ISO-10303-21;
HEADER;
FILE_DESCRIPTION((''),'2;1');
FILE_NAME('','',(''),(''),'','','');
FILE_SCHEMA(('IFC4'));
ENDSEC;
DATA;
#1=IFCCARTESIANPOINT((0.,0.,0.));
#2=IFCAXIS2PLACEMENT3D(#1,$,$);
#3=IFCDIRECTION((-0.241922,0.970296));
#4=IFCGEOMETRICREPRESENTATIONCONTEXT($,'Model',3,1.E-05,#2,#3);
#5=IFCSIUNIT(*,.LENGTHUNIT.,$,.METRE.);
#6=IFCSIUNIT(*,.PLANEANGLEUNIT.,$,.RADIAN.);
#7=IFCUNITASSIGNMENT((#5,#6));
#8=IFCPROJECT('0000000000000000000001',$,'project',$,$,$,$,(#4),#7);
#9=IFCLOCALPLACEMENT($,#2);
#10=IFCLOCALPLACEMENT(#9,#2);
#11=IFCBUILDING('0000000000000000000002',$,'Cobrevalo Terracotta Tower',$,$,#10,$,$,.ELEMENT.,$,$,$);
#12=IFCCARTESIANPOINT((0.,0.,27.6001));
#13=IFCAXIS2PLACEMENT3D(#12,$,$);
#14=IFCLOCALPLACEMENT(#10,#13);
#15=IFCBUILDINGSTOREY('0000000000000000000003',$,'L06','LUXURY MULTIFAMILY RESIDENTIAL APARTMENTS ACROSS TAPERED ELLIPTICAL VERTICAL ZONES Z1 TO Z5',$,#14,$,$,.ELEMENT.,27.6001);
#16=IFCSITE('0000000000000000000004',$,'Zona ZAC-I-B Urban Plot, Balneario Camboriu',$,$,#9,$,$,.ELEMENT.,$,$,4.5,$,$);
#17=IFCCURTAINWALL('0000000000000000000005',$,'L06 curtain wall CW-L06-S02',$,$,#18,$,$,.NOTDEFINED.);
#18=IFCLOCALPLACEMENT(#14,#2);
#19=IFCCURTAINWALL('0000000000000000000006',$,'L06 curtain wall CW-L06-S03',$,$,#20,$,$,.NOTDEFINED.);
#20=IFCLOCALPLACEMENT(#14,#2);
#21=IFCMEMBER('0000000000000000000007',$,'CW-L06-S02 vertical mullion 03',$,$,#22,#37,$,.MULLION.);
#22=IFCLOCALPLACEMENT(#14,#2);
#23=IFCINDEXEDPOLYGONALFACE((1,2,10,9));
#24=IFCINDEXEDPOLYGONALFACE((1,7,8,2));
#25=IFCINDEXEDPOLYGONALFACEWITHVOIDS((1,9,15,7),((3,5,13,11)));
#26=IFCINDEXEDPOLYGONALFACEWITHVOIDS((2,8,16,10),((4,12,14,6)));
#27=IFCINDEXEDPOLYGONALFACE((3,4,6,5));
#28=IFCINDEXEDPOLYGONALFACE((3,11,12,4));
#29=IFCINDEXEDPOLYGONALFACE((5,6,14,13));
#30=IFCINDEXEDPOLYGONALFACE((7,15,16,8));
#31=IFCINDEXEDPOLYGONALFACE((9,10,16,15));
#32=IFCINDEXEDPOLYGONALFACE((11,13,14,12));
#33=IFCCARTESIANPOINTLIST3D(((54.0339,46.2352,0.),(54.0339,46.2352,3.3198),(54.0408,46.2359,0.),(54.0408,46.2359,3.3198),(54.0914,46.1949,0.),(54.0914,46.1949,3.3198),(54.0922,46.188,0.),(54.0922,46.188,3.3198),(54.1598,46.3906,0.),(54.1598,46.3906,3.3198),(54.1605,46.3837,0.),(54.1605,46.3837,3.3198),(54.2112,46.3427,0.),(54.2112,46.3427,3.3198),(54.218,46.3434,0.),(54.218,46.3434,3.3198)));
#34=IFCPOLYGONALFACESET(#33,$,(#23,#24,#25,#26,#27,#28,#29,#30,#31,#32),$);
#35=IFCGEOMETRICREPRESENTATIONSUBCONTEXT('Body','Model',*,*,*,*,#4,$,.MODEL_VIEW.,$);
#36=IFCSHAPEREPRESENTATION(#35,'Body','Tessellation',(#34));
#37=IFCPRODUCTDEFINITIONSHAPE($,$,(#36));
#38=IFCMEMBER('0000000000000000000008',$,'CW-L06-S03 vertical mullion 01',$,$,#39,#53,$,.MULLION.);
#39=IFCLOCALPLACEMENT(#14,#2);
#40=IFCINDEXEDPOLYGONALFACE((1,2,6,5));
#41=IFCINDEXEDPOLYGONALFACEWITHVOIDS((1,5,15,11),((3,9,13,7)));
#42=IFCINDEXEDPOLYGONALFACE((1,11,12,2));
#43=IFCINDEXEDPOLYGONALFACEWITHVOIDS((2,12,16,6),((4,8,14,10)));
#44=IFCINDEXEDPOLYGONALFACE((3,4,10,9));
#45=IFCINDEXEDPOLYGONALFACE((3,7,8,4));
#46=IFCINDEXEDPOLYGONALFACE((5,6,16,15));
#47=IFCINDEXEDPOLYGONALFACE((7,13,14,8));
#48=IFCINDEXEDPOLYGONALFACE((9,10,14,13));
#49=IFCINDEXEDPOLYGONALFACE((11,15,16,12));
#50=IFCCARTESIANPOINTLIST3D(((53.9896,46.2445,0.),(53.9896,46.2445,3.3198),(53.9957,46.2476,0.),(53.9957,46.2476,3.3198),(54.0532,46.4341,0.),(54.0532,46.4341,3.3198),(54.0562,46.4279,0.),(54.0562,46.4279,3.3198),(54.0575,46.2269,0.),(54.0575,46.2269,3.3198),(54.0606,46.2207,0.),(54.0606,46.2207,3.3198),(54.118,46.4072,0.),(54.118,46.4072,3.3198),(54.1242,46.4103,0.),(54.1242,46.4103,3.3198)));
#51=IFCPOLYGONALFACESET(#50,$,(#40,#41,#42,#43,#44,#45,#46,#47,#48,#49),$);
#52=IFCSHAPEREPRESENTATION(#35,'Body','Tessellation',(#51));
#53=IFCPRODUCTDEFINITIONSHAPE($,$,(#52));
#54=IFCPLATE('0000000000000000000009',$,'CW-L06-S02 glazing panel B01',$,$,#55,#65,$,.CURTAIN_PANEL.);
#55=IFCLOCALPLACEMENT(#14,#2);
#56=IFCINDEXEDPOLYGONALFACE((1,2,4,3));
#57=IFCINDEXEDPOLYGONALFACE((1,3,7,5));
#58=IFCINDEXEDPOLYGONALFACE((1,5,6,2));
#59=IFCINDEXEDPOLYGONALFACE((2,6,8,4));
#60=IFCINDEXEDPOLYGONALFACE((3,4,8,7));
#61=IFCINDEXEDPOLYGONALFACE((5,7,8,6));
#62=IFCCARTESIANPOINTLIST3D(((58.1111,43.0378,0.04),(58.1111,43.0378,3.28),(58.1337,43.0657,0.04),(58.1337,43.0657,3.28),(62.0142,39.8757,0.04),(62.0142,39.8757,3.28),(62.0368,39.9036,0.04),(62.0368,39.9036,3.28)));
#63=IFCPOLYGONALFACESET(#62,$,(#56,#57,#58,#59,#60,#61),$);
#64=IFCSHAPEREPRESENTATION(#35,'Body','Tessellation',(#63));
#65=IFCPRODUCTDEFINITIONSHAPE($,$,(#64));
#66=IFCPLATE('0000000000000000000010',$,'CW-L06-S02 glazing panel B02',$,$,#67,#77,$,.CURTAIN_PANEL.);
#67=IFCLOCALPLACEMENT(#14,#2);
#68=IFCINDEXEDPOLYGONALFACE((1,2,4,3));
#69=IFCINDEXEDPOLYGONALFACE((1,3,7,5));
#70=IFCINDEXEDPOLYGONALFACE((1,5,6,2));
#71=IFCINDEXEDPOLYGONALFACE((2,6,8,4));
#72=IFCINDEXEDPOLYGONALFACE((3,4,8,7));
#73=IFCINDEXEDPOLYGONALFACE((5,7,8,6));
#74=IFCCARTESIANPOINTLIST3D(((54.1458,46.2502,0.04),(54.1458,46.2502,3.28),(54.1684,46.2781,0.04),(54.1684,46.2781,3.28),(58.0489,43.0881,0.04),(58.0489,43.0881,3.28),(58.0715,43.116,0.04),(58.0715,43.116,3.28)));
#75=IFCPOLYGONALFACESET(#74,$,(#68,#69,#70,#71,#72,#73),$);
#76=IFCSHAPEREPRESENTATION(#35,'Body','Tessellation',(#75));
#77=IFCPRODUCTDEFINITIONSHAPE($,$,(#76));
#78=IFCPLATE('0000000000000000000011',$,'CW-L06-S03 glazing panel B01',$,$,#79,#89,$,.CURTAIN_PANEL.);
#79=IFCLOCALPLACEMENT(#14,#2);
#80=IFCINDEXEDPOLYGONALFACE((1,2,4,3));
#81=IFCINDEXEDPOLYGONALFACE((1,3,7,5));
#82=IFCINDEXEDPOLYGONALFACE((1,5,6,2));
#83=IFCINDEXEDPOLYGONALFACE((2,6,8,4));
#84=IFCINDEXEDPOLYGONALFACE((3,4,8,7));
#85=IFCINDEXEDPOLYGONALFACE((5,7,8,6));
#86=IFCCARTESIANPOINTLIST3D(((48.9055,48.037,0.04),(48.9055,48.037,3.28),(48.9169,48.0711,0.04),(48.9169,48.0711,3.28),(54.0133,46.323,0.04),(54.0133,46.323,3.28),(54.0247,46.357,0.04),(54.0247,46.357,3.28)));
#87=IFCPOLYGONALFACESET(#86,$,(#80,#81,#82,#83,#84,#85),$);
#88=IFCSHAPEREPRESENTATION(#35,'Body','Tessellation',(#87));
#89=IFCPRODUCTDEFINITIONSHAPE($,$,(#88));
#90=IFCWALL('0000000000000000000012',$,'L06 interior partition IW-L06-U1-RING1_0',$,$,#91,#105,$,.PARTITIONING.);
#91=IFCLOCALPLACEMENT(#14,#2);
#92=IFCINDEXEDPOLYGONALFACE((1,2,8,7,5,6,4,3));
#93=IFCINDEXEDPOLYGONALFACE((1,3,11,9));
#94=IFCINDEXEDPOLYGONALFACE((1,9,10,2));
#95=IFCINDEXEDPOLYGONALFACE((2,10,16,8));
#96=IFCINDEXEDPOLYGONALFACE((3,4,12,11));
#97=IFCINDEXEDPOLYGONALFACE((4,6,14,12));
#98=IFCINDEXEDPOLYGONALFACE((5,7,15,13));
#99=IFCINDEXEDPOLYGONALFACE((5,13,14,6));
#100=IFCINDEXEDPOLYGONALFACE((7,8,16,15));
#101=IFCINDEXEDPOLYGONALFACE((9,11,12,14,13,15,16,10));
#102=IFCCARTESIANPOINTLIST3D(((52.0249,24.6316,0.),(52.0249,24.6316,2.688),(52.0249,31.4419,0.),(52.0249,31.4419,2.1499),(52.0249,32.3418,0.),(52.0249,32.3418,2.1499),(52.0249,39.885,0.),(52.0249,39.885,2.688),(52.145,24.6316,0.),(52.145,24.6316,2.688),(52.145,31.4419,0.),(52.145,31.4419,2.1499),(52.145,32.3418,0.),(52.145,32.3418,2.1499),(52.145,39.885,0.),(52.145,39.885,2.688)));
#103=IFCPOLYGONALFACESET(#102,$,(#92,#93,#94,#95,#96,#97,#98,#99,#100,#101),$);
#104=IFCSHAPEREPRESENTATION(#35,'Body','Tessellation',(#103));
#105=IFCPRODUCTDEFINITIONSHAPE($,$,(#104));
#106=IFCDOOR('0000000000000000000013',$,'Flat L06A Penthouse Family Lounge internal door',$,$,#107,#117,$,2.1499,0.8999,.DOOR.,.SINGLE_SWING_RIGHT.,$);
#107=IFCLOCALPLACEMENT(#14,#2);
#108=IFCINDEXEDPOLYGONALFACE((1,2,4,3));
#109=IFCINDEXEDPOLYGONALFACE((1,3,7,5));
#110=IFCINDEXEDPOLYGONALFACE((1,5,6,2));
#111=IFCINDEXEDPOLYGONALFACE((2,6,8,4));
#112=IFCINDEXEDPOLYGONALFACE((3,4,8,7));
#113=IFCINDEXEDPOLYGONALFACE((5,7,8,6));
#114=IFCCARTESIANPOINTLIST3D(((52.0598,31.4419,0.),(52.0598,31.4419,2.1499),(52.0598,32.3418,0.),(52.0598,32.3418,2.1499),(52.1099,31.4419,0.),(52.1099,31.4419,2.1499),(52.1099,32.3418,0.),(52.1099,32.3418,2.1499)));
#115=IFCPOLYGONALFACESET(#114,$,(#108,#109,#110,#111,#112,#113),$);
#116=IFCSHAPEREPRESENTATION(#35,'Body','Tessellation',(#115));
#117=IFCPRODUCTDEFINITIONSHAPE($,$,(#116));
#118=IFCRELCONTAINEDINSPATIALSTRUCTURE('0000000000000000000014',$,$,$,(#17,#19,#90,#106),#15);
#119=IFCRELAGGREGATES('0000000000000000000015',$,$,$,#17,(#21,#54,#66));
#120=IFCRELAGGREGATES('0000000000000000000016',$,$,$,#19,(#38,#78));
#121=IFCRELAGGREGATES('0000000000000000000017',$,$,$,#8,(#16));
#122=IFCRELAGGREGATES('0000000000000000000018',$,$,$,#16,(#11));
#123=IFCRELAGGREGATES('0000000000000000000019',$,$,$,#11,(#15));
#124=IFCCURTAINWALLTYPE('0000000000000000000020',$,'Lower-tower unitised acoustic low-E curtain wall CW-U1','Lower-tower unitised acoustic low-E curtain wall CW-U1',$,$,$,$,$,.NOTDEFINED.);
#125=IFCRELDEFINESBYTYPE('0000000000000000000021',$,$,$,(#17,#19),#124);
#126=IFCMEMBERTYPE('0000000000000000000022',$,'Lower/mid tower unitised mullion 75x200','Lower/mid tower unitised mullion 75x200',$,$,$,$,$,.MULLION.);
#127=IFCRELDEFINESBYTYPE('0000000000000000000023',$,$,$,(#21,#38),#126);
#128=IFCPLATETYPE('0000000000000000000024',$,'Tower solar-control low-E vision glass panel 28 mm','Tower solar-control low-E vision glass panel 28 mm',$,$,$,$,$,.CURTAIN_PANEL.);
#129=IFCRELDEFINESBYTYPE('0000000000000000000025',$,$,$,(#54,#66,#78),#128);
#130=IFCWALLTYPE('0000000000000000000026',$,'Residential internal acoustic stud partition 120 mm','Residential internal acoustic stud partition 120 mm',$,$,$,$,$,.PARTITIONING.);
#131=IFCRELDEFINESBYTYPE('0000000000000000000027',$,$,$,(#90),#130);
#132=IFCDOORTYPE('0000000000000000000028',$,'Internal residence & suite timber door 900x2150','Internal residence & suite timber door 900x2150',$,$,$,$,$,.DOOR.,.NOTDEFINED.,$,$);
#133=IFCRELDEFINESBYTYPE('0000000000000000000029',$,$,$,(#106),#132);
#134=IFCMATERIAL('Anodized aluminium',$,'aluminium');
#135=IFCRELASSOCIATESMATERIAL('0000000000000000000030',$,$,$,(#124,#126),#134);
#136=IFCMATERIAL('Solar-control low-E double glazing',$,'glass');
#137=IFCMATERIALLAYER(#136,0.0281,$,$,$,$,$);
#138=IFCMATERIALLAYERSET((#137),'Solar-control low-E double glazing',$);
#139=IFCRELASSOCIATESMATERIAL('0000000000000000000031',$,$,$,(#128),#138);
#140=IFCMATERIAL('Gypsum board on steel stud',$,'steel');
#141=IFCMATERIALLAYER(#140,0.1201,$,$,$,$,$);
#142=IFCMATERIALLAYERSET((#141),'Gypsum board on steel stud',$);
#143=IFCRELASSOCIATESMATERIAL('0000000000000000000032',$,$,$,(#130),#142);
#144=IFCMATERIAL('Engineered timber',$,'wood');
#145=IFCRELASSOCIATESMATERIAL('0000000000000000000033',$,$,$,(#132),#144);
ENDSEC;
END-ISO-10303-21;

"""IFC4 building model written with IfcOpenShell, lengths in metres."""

from ifc_helpers import new_model, si_unit, direction, frame, frame_2d, origin, origin_2d, place, context, subcontext, project, spatial, rectangle, hollow_rectangle, extrude, source, transform, mapped, material, layer, layer_set, material_profile, profile_set, type_object, element, fill, aggregate, save


model = new_model("IFC4")

# Units and contexts
model_context = context("Model", 3, precision=1e-05, world=origin(), true_north=direction((-0.241922, 0.970296)))
body_context = subcontext(model_context, "Body", "Model", "MODEL_VIEW")
ifc_project = project(units=[si_unit("LENGTHUNIT", "METRE"), si_unit("PLANEANGLEUNIT", "RADIAN")], contexts=[model_context])

# Site, building, storey
site_placement = place(None, origin())
site = spatial("IfcSite", under=ifc_project, at=site_placement, Name="Zona ZAC-I-B Urban Plot, Balneario Camboriu", CompositionType="ELEMENT", RefElevation=4.5)
building_placement = place(site_placement, origin())
building = spatial("IfcBuilding", under=site, at=building_placement, Name="Cobrevalo Terracotta Tower", CompositionType="ELEMENT")
storey_placement = place(building_placement, frame((0.0, 0.0, 27.6001)))
storey = spatial("IfcBuildingStorey", under=building, at=storey_placement, Name="L06", Description="LUXURY MULTIFAMILY RESIDENTIAL APARTMENTS ACROSS TAPERED ELLIPTICAL VERTICAL ZONES Z1 TO Z5", CompositionType="ELEMENT", Elevation=27.6001)

# Curtain walls
ifc_material_1 = material(Name="Anodized aluminium", Category="aluminium")
curtain_wall_type = type_object("IfcCurtainWallType", Name="Lower-tower unitised acoustic low-E curtain wall CW-U1", Description="Lower-tower unitised acoustic low-E curtain wall CW-U1", PredefinedType="NOTDEFINED", material=ifc_material_1)
curtain_wall_1_placement = place(storey_placement, origin())
curtain_wall_1 = element("IfcCurtainWall", 1, at=curtain_wall_1_placement, inside=storey, type_object=curtain_wall_type, Name="L06 curtain wall CW-L06-S02", PredefinedType="NOTDEFINED")
curtain_wall_2_placement = place(storey_placement, origin())
curtain_wall_2 = element("IfcCurtainWall", 2, at=curtain_wall_2_placement, inside=storey, type_object=curtain_wall_type, Name="L06 curtain wall CW-L06-S03", PredefinedType="NOTDEFINED")

# Members
ifc_material_profile_1 = material_profile(ifc_material_1, hollow_rectangle(XDim=0.075, YDim=0.2, WallThickness=0.0049, at=origin_2d()), Name="CWM 75x200")
ifc_profile_set_1 = profile_set([ifc_material_profile_1], Name="Anodized aluminium")
member_type_1 = type_object("IfcMemberType", Name="Lower/mid tower unitised mullion 75x200", Description="Lower/mid tower unitised mullion 75x200", PredefinedType="MULLION", material=ifc_profile_set_1)
shared_shape_1 = source(origin(), body_context, "Body", "SweptSolid", [
    extrude(hollow_rectangle(XDim=0.075, YDim=0.2, WallThickness=0.0049, at=origin_2d()), origin(), (0.0, 0.0, 1.0), 3.3198),
])
member_1_placement = place(storey_placement, frame((54.126, 46.2893, 0.0), z_axis=(0.0, 0.0, 1.0), x_axis=(-0.777003, 0.629497, 0.0)))
member_1 = element("IfcMember", 3, at=member_1_placement, type_object=member_type_1, Name="CW-L06-S02 vertical mullion 03", PredefinedType="MULLION", context=body_context, shape_type="MappedRepresentation", body=[
    mapped(shared_shape_1, transform((0.0, 0.0, 0.0), scale=1.0)),
])
member_2_placement = place(storey_placement, frame((54.0569, 46.3274, 0.0), z_axis=(0.0, 0.0, 1.0), x_axis=(-0.948046, 0.318132, 0.0)))
member_2 = element("IfcMember", 4, at=member_2_placement, type_object=member_type_1, Name="CW-L06-S03 vertical mullion 01", PredefinedType="MULLION", context=body_context, shape_type="MappedRepresentation", body=[
    mapped(shared_shape_1, transform((0.0, 0.0, 0.0), scale=1.0)),
])

# Plates
ifc_material_2 = material(Name="Solar-control low-E double glazing", Category="glass")
ifc_layer_1 = layer(ifc_material_2, 0.0281)
ifc_layer_set_1 = layer_set([ifc_layer_1], Name="Solar-control low-E double glazing")
plate_type = type_object("IfcPlateType", Name="Tower solar-control low-E vision glass panel 28 mm", Description="Tower solar-control low-E vision glass panel 28 mm", PredefinedType="CURTAIN_PANEL", material=ifc_layer_set_1)
shared_shape_2 = source(origin(), body_context, "Body", "SweptSolid", [
    extrude(rectangle(XDim=5.0232, YDim=0.0359, at=origin_2d()), origin(), (0.0, 0.0, 1.0), 3.24),
])
plate_1_placement = place(storey_placement, frame((60.074, 41.4707, 0.04), z_axis=(0.0, 0.0, 1.0), x_axis=(-0.777008, 0.629491, 0.0)))
plate_1 = element("IfcPlate", 5, at=plate_1_placement, type_object=plate_type, Name="CW-L06-S02 glazing panel B01", PredefinedType="CURTAIN_PANEL", context=body_context, shape_type="MappedRepresentation", body=[
    mapped(shared_shape_2, transform((0.0, 0.0, 0.0), scale=1.0)),
])
plate_2_placement = place(storey_placement, frame((56.1086, 44.6831, 0.04), z_axis=(0.0, 0.0, 1.0), x_axis=(-0.777008, 0.629491, 0.0)))
plate_2 = element("IfcPlate", 6, at=plate_2_placement, type_object=plate_type, Name="CW-L06-S02 glazing panel B02", PredefinedType="CURTAIN_PANEL", context=body_context, shape_type="MappedRepresentation", body=[
    mapped(shared_shape_2, transform((0.0, 0.0, 0.0), scale=1.0)),
])
aggregate(curtain_wall_1, [member_1, plate_1, plate_2])
shared_shape_3 = source(origin(), body_context, "Body", "SweptSolid", [
    extrude(rectangle(XDim=5.3877, YDim=0.0359, at=origin_2d()), origin(), (0.0, 0.0, 1.0), 3.24),
])
plate_3_placement = place(storey_placement, frame((51.4651, 47.197, 0.04), z_axis=(0.0, 0.0, 1.0), x_axis=(-0.948044, 0.318139, 0.0)))
plate_3 = element("IfcPlate", 7, at=plate_3_placement, type_object=plate_type, Name="CW-L06-S03 glazing panel B01", PredefinedType="CURTAIN_PANEL", context=body_context, shape_type="MappedRepresentation", body=[
    mapped(shared_shape_3, transform((0.0, 0.0, 0.0), scale=1.0)),
])
aggregate(curtain_wall_2, [member_2, plate_3])

# Wall, opening, door
ifc_material_3 = material(Name="Gypsum board on steel stud", Category="steel")
ifc_layer_2 = layer(ifc_material_3, 0.1201)
ifc_layer_set_2 = layer_set([ifc_layer_2], Name="Gypsum board on steel stud")
wall_type = type_object("IfcWallType", Name="Residential internal acoustic stud partition 120 mm", Description="Residential internal acoustic stud partition 120 mm", PredefinedType="PARTITIONING", material=ifc_layer_set_2)
wall_placement = place(storey_placement, frame((52.085, 39.885, 0.0), z_axis=(0.0, 0.0, 1.0), x_axis=(0.0, -1.0, 0.0)))
wall = element("IfcWall", 8, at=wall_placement, inside=storey, type_object=wall_type, Name="L06 interior partition IW-L06-U1-RING1_0", PredefinedType="PARTITIONING", context=body_context, shape_type="SweptSolid", body=[
    extrude(rectangle(XDim=15.2534, YDim=0.1201, at=frame_2d((7.6267, 0.0))), origin(), (0.0, 0.0, 1.0), 2.688),
])
opening_placement = place(wall_placement, frame((7.5432, 0.0, 0.0)))
opening = element("IfcOpeningElement", 9, at=opening_placement, cuts=wall, PredefinedType="OPENING", context=body_context, shape_type="SweptSolid", body=[
    extrude(rectangle(XDim=0.8999, YDim=2.1499, at=frame_2d((0.45, 1.075))), frame((0.0, 0.0701, 0.0), z_axis=(0.0, -1.0, 0.0), x_axis=(1.0, 0.0, 0.0)), (0.0, 0.0, 1.0), 0.1401),
])
ifc_material_4 = material(Name="Engineered timber", Category="wood")
door_type = type_object("IfcDoorType", Name="Internal residence & suite timber door 900x2150", Description="Internal residence & suite timber door 900x2150", OperationType="NOTDEFINED", PredefinedType="DOOR", material=ifc_material_4)
shared_shape_4 = source(origin(), body_context, "Body", "SweptSolid", [
    extrude(rectangle(XDim=0.8999, YDim=2.1499, at=frame_2d((0.45, 1.075))), frame((0.0, 0.0249, 0.0), z_axis=(0.0, -1.0, 0.0), x_axis=(1.0, 0.0, 0.0)), (0.0, 0.0, 1.0), 0.05),
])
door_placement = place(opening_placement, origin())
door = element("IfcDoor", 10, at=door_placement, inside=storey, type_object=door_type, Name="Flat L06A Penthouse Family Lounge internal door", OperationType="SINGLE_SWING_RIGHT", OverallHeight=2.1499, OverallWidth=0.8999, PredefinedType="DOOR", context=body_context, shape_type="MappedRepresentation", body=[
    mapped(shared_shape_4, transform((0.0, 0.0, 0.0), scale=1.0)),
])
fill(opening, door)

save(model, "model.ifc")
